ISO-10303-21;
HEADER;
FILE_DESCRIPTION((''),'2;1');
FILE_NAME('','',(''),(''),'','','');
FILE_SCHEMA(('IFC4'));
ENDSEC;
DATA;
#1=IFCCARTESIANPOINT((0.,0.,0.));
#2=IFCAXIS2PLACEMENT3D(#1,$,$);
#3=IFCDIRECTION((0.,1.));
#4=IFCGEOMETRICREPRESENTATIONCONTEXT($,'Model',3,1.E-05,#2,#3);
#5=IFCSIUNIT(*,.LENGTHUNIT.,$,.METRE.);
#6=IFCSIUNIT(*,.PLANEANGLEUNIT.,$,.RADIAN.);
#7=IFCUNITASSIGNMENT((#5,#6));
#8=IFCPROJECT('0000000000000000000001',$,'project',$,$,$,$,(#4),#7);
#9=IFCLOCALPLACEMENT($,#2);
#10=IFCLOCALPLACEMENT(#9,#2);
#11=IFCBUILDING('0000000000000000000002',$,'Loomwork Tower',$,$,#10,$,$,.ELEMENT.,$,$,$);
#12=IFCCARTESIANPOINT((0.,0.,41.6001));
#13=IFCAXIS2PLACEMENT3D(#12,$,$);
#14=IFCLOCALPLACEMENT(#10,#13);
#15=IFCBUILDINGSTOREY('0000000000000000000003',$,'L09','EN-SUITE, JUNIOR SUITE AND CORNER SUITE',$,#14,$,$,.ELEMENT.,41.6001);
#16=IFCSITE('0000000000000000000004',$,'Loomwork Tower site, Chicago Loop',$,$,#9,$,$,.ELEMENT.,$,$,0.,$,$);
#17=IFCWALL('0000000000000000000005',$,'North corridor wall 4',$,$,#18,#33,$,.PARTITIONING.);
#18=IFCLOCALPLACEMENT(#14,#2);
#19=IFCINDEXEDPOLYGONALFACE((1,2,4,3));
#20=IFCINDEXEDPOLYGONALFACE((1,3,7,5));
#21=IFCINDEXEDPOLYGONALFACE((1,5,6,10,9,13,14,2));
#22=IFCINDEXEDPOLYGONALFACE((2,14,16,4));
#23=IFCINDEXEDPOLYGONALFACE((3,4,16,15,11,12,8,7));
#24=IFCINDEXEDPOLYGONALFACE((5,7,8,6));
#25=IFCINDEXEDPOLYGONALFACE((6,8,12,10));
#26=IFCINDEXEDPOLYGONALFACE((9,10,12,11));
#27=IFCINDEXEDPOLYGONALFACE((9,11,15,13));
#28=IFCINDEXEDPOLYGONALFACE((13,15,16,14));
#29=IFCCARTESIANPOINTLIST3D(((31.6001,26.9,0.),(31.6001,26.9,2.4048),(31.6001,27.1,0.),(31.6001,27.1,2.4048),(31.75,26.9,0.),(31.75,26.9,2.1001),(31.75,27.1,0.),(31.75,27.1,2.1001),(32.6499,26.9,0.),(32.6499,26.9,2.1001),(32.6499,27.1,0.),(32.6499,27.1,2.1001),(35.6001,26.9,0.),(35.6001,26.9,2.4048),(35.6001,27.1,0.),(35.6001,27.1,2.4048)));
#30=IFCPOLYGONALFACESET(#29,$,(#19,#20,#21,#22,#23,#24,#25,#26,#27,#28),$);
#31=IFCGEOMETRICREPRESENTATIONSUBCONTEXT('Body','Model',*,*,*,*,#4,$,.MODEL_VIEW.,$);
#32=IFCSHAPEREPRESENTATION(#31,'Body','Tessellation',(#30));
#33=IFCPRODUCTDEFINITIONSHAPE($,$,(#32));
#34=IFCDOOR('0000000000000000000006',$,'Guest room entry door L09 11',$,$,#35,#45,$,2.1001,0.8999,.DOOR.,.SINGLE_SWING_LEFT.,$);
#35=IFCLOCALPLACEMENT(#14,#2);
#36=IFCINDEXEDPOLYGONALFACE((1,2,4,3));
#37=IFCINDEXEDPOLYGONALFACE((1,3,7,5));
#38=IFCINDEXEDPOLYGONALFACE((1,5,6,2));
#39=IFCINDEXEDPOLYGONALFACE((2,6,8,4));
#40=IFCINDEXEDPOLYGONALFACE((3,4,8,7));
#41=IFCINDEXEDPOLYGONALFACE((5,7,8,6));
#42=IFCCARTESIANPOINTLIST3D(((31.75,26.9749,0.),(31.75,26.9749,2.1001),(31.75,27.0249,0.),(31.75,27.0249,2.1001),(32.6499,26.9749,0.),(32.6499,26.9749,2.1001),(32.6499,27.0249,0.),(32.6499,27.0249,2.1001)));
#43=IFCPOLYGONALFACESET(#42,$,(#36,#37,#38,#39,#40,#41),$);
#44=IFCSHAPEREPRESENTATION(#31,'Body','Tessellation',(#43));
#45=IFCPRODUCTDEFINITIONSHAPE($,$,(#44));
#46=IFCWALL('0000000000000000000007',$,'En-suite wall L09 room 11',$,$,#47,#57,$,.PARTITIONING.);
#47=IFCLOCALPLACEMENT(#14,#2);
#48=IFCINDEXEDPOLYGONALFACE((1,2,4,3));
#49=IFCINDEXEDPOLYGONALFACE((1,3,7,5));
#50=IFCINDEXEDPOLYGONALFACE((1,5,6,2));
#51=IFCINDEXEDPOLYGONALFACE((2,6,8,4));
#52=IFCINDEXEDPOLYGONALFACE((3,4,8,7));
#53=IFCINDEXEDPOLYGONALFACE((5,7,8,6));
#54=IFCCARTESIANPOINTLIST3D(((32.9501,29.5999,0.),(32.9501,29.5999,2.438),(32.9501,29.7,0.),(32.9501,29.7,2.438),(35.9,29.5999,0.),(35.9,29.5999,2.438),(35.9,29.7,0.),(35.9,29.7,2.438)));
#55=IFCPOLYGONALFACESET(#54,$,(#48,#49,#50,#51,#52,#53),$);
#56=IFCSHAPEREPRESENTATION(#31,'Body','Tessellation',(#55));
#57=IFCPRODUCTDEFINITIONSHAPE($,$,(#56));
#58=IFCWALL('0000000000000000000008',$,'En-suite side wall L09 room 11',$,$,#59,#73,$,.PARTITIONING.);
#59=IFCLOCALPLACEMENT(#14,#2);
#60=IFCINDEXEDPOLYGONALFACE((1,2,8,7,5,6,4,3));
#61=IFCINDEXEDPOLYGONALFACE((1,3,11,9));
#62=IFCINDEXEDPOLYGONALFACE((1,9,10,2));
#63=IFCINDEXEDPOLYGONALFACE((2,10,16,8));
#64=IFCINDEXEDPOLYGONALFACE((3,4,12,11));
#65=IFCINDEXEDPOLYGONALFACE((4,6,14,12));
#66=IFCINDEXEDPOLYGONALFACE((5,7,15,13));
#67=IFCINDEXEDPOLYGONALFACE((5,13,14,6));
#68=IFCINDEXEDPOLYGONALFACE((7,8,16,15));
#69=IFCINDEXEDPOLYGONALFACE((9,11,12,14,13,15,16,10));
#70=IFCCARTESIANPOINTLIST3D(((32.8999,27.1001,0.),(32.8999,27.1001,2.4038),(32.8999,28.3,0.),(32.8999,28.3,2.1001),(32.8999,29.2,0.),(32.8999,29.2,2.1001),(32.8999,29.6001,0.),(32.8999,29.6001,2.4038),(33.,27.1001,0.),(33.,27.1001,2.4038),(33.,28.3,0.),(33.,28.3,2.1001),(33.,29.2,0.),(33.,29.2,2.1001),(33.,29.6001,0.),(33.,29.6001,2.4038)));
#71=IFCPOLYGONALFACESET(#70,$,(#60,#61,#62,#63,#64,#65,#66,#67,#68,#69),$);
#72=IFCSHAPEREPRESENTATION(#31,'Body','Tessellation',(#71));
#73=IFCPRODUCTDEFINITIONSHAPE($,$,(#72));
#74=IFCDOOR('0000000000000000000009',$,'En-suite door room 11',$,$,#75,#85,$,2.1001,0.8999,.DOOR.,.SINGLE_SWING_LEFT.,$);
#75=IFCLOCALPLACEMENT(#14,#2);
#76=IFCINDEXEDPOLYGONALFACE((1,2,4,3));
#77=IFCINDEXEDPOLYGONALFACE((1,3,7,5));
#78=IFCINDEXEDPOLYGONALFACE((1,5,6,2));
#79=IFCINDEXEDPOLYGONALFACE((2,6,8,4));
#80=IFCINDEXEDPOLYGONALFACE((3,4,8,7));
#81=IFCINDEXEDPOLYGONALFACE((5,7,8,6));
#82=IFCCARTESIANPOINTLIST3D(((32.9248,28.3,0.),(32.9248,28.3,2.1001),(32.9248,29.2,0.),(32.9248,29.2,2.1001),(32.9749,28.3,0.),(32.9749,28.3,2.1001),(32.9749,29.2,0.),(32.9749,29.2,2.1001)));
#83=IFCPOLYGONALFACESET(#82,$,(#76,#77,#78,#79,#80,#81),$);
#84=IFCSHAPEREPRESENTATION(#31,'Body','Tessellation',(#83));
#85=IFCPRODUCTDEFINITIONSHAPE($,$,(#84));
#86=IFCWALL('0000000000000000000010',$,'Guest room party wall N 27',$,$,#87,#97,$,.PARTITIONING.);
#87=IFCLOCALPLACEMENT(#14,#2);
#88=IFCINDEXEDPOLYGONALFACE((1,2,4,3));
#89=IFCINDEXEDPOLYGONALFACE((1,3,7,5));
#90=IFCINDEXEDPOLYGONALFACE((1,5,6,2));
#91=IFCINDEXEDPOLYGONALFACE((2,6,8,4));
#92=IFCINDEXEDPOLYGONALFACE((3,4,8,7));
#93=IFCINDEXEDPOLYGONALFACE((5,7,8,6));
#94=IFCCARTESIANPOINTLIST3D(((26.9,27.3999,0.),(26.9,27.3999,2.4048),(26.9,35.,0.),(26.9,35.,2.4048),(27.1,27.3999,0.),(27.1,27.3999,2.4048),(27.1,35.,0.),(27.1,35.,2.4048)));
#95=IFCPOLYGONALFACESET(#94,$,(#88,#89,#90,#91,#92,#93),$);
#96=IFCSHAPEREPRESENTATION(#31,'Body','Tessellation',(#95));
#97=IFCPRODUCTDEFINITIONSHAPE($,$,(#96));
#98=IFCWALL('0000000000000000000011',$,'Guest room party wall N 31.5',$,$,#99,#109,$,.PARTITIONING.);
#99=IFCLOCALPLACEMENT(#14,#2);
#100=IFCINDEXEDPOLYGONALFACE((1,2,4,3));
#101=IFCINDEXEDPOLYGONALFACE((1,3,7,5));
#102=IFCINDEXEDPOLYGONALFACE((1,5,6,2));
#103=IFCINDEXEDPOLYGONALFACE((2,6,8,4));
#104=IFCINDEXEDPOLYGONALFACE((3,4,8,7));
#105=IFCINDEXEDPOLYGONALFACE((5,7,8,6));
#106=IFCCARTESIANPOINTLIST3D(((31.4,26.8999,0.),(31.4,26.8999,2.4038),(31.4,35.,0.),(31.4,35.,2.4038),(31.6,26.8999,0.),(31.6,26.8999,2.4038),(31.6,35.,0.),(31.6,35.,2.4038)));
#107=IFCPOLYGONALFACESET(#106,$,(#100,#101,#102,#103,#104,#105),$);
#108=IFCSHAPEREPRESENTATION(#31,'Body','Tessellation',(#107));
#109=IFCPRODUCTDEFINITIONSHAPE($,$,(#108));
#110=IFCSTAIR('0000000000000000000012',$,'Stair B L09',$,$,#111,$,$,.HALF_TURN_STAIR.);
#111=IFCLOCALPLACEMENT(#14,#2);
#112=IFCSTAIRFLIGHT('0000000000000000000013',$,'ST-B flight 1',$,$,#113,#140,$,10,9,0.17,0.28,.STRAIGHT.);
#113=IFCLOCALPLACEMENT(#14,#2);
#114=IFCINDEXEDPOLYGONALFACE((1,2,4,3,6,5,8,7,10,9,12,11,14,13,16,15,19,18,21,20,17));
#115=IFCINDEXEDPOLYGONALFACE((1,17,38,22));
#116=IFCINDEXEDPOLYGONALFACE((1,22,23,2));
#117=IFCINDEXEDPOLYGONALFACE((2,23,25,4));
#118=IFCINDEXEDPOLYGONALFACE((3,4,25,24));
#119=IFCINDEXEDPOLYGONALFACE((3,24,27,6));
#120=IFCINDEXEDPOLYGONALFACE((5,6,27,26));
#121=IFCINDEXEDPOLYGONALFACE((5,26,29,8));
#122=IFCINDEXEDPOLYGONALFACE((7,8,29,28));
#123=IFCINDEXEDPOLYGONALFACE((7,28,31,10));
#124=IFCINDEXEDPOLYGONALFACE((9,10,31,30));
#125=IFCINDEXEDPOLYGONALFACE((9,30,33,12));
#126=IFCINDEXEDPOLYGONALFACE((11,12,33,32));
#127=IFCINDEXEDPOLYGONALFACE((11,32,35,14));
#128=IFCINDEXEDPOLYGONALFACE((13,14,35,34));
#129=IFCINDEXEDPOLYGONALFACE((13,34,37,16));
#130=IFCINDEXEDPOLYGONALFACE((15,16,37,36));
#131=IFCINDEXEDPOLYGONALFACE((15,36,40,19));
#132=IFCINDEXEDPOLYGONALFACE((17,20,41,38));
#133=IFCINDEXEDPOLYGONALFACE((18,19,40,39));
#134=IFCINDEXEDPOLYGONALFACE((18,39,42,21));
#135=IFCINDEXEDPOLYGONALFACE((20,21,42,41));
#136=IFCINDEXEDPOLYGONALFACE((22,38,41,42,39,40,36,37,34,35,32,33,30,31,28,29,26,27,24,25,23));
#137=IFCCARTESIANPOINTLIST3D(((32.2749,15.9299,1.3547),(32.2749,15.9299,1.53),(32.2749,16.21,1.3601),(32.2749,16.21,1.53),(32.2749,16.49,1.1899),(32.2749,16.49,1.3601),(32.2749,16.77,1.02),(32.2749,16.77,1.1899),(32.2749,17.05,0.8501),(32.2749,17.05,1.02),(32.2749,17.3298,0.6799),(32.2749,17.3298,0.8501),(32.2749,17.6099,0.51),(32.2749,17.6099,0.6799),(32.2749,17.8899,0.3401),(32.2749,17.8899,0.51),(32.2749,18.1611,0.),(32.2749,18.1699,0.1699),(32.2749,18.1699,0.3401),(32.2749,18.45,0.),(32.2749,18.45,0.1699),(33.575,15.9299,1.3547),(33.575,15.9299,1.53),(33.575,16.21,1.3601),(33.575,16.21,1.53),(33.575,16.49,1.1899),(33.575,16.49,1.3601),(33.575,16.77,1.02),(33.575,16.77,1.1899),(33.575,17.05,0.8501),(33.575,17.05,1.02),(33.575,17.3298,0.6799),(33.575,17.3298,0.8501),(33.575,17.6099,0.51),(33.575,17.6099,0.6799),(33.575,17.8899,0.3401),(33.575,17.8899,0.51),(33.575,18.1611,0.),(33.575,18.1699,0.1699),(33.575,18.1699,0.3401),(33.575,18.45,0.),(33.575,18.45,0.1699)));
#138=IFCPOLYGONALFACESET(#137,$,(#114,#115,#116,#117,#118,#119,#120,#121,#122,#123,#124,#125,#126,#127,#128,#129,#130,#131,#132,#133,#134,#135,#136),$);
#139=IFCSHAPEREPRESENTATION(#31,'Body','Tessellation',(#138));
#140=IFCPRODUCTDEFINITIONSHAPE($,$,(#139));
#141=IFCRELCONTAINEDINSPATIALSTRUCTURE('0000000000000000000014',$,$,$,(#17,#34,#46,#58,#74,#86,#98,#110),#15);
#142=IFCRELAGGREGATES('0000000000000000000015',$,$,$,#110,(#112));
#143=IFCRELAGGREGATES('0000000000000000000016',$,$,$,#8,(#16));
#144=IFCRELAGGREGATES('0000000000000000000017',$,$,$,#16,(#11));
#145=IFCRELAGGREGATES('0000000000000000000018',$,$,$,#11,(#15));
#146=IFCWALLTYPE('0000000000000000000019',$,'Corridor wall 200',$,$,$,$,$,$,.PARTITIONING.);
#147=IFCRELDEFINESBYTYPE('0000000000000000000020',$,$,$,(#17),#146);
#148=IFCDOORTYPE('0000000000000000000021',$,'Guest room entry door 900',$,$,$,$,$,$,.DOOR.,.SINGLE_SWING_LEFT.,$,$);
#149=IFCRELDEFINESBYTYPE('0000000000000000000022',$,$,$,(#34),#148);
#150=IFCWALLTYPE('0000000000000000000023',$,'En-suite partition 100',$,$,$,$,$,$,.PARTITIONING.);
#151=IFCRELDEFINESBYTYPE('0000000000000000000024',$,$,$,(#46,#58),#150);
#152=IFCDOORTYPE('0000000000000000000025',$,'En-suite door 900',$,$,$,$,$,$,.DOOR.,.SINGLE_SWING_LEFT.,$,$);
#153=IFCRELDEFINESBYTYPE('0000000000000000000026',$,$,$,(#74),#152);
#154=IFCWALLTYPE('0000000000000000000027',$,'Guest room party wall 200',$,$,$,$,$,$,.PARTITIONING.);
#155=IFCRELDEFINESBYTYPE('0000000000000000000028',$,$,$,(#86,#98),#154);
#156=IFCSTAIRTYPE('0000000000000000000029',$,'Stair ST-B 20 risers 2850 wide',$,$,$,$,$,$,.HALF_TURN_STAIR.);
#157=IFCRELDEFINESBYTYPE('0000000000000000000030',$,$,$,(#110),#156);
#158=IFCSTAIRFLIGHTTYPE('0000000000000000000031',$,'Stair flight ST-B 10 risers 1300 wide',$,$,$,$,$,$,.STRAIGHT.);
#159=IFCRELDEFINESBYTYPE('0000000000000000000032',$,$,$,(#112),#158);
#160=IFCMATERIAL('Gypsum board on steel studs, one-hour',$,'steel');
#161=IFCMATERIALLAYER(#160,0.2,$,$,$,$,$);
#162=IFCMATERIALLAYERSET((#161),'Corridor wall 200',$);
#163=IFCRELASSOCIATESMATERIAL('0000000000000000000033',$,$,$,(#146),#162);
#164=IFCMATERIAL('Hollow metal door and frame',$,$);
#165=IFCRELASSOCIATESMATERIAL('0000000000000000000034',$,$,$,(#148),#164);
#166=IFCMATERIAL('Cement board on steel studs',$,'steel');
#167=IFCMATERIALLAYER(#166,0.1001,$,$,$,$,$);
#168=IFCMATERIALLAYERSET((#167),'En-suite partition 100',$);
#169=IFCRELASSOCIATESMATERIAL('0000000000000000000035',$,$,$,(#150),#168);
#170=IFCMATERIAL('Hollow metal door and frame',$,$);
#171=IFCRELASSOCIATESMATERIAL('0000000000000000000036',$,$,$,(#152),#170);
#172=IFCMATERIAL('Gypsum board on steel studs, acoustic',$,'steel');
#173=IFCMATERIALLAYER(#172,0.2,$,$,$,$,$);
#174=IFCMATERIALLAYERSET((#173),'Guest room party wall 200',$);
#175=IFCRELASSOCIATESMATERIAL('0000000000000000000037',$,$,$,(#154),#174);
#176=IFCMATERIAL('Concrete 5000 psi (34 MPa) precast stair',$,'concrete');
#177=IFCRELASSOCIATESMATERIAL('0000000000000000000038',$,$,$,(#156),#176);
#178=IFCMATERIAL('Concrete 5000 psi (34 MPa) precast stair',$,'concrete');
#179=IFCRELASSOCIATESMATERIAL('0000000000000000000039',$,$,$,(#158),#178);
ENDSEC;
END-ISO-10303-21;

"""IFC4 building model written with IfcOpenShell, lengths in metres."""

from ifc_helpers import new_model, si_unit, direction, frame, frame_2d, origin, place, context, subcontext, project, spatial, polyline, rectangle, outline, extrude, material, layer, layer_set, type_object, element, fill, aggregate, save


model = new_model("IFC4")

# Units and contexts
model_context = context("Model", 3, precision=1e-05, world=origin(), true_north=direction((0.0, 1.0)))
body_context = subcontext(model_context, "Body", "Model", "MODEL_VIEW")
ifc_project = project(units=[si_unit("LENGTHUNIT", "METRE"), si_unit("PLANEANGLEUNIT", "RADIAN")], contexts=[model_context])

# Site, building, storey
site_placement = place(None, origin())
site = spatial("IfcSite", under=ifc_project, at=site_placement, Name="Loomwork Tower site, Chicago Loop", CompositionType="ELEMENT", RefElevation=0.0)
building_placement = place(site_placement, origin())
building = spatial("IfcBuilding", under=site, at=building_placement, Name="Loomwork Tower", CompositionType="ELEMENT")
storey_placement = place(building_placement, frame((0.0, 0.0, 41.6001)))
storey = spatial("IfcBuildingStorey", under=building, at=storey_placement, Name="L09", Description="EN-SUITE, JUNIOR SUITE AND CORNER SUITE", CompositionType="ELEMENT", Elevation=41.6001)

# Wall, opening, door
ifc_material_1 = material(Name="Gypsum board on steel studs, one-hour", Category="steel")
ifc_layer_1 = layer(ifc_material_1, 0.2)
ifc_layer_set_1 = layer_set([ifc_layer_1], Name="Corridor wall 200")
wall_type_1 = type_object("IfcWallType", Name="Corridor wall 200", PredefinedType="PARTITIONING", material=ifc_layer_set_1)
wall_1_placement = place(storey_placement, frame((31.6001, 27.0, 0.0), z_axis=(0.0, 0.0, 1.0), x_axis=(1.0, 0.0, 0.0)))
wall_1 = element("IfcWall", 1, at=wall_1_placement, inside=storey, type_object=wall_type_1, Name="North corridor wall 4", PredefinedType="PARTITIONING", context=body_context, shape_type="SweptSolid", body=[
    extrude(rectangle(XDim=4.0, YDim=0.2, at=frame_2d((2.0, 0.0))), origin(), (0.0, 0.0, 1.0), 2.4048),
])
opening_1_placement = place(wall_1_placement, frame((0.1499, 0.0, 0.0)))
opening_1 = element("IfcOpeningElement", 2, at=opening_1_placement, cuts=wall_1, PredefinedType="OPENING", context=body_context, shape_type="SweptSolid", body=[
    extrude(rectangle(XDim=0.8999, YDim=2.1001, at=frame_2d((0.45, 1.05))), frame((0.0, 0.1099, 0.0), z_axis=(0.0, -1.0, 0.0), x_axis=(1.0, 0.0, 0.0)), (0.0, 0.0, 1.0), 0.22),
])
ifc_material_2 = material(Name="Hollow metal door and frame")
door_type_1 = type_object("IfcDoorType", Name="Guest room entry door 900", OperationType="SINGLE_SWING_LEFT", PredefinedType="DOOR", material=ifc_material_2)
door_1_placement = place(opening_1_placement, origin())
door_1 = element("IfcDoor", 3, at=door_1_placement, inside=storey, type_object=door_type_1, Name="Guest room entry door L09 11", OperationType="SINGLE_SWING_LEFT", OverallHeight=2.1001, OverallWidth=0.8999, PredefinedType="DOOR", context=body_context, shape_type="SweptSolid", body=[
    extrude(rectangle(XDim=0.8999, YDim=2.1001, at=frame_2d((0.45, 1.05))), frame((0.0, 0.0249, 0.0), z_axis=(0.0, -1.0, 0.0), x_axis=(1.0, 0.0, 0.0)), (0.0, 0.0, 1.0), 0.05),
])
fill(opening_1, door_1)

# Wall
ifc_material_3 = material(Name="Cement board on steel studs", Category="steel")
ifc_layer_2 = layer(ifc_material_3, 0.1001)
ifc_layer_set_2 = layer_set([ifc_layer_2], Name="En-suite partition 100")
wall_type_2 = type_object("IfcWallType", Name="En-suite partition 100", PredefinedType="PARTITIONING", material=ifc_layer_set_2)
wall_2_placement = place(storey_placement, frame((32.95, 29.6499, 0.0), z_axis=(0.0, 0.0, 1.0), x_axis=(1.0, 0.0, 0.0)))
element("IfcWall", 4, at=wall_2_placement, inside=storey, type_object=wall_type_2, Name="En-suite wall L09 room 11", PredefinedType="PARTITIONING", context=body_context, shape_type="SweptSolid", body=[
    extrude(rectangle(XDim=2.95, YDim=0.1001, at=frame_2d((1.4751, 0.0))), origin(), (0.0, 0.0, 1.0), 2.438),
])

# Wall, opening, door
wall_3_placement = place(storey_placement, frame((32.95, 27.1001, 0.0), z_axis=(0.0, 0.0, 1.0), x_axis=(0.0, 1.0, 0.0)))
wall_3 = element("IfcWall", 5, at=wall_3_placement, inside=storey, type_object=wall_type_2, Name="En-suite side wall L09 room 11", PredefinedType="PARTITIONING", context=body_context, shape_type="SweptSolid", body=[
    extrude(rectangle(XDim=2.5, YDim=0.1001, at=frame_2d((1.25, 0.0))), origin(), (0.0, 0.0, 1.0), 2.4038),
])
opening_2_placement = place(wall_3_placement, frame((1.2, 0.0, 0.0)))
opening_2 = element("IfcOpeningElement", 6, at=opening_2_placement, cuts=wall_3, PredefinedType="OPENING", context=body_context, shape_type="SweptSolid", body=[
    extrude(rectangle(XDim=0.8999, YDim=2.1001, at=frame_2d((0.45, 1.05))), frame((0.0, 0.0601, 0.0), z_axis=(0.0, -1.0, 0.0), x_axis=(1.0, 0.0, 0.0)), (0.0, 0.0, 1.0), 0.1201),
])
ifc_material_4 = material(Name="Hollow metal door and frame")
door_type_2 = type_object("IfcDoorType", Name="En-suite door 900", OperationType="SINGLE_SWING_LEFT", PredefinedType="DOOR", material=ifc_material_4)
door_2_placement = place(opening_2_placement, frame((0.8999, 0.0, 0.0), z_axis=(0.0, 0.0, 1.0), x_axis=(-1.0, 0.0, 0.0)))
door_2 = element("IfcDoor", 7, at=door_2_placement, inside=storey, type_object=door_type_2, Name="En-suite door room 11", OperationType="SINGLE_SWING_LEFT", OverallHeight=2.1001, OverallWidth=0.8999, PredefinedType="DOOR", context=body_context, shape_type="SweptSolid", body=[
    extrude(rectangle(XDim=0.8999, YDim=2.1001, at=frame_2d((0.45, 1.05))), frame((0.0, 0.0249, 0.0), z_axis=(0.0, -1.0, 0.0), x_axis=(1.0, 0.0, 0.0)), (0.0, 0.0, 1.0), 0.05),
])
fill(opening_2, door_2)

# Walls
ifc_material_5 = material(Name="Gypsum board on steel studs, acoustic", Category="steel")
ifc_layer_3 = layer(ifc_material_5, 0.2)
ifc_layer_set_3 = layer_set([ifc_layer_3], Name="Guest room party wall 200")
wall_type_3 = type_object("IfcWallType", Name="Guest room party wall 200", PredefinedType="PARTITIONING", material=ifc_layer_set_3)
wall_4_placement = place(storey_placement, frame((27.0, 27.3999, 0.0), z_axis=(0.0, 0.0, 1.0), x_axis=(0.0, 1.0, 0.0)))
element("IfcWall", 8, at=wall_4_placement, inside=storey, type_object=wall_type_3, Name="Guest room party wall N 27", PredefinedType="PARTITIONING", context=body_context, shape_type="SweptSolid", body=[
    extrude(rectangle(XDim=7.6001, YDim=0.2, at=frame_2d((3.8, 0.0))), origin(), (0.0, 0.0, 1.0), 2.4048),
])
wall_5_placement = place(storey_placement, frame((31.5, 26.8999, 0.0), z_axis=(0.0, 0.0, 1.0), x_axis=(0.0, 1.0, 0.0)))
element("IfcWall", 9, at=wall_5_placement, inside=storey, type_object=wall_type_3, Name="Guest room party wall N 31.5", PredefinedType="PARTITIONING", context=body_context, shape_type="SweptSolid", body=[
    extrude(rectangle(XDim=8.1001, YDim=0.2, at=frame_2d((4.05, 0.0))), origin(), (0.0, 0.0, 1.0), 2.4038),
])

# Stair, stair flight
ifc_material_6 = material(Name="Concrete 5000 psi (34 MPa) precast stair", Category="concrete")
stair_type = type_object("IfcStairType", Name="Stair ST-B 20 risers 2850 wide", PredefinedType="HALF_TURN_STAIR", material=ifc_material_6)
stair_placement = place(storey_placement, origin())
stair = element("IfcStair", 10, at=stair_placement, inside=storey, type_object=stair_type, Name="Stair B L09", PredefinedType="HALF_TURN_STAIR")
ifc_material_7 = material(Name="Concrete 5000 psi (34 MPa) precast stair", Category="concrete")
stair_flight_type = type_object("IfcStairFlightType", Name="Stair flight ST-B 10 risers 1300 wide", PredefinedType="STRAIGHT", material=ifc_material_7)
stair_flight_placement = place(storey_placement, frame((32.925, 18.45, 0.0), z_axis=(0.0, 0.0, 1.0), x_axis=(0.0, -1.0, 0.0)))
stair_flight = element("IfcStairFlight", 11, at=stair_flight_placement, type_object=stair_flight_type, Name="ST-B flight 1", NumberOfRisers=10, NumberOfTreads=9, PredefinedType="STRAIGHT", RiserHeight=0.17, TreadLength=0.28, context=body_context, shape_type="SweptSolid", body=[
    extrude(outline(polyline([(0.0, 0.0), (0.0, 0.1699), (0.28, 0.1699), (0.28, 0.3401), (0.5601, 0.3401), (0.5601, 0.51), (0.8401, 0.51), (0.8401, 0.6799), (1.1201, 0.6799), (1.1201, 0.8501), (1.3999, 0.8501), (1.3999, 1.02), (1.6799, 1.02), (1.6799, 1.1899), (1.96, 1.1899), (1.96, 1.3601), (2.24, 1.3601), (2.24, 1.53), (2.52, 1.53), (2.52, 1.7), (2.52, 1.3547), (0.2888, 0.0), (0.0, 0.0)])), frame((0.0, 0.6499, 0.0), z_axis=(0.0, -1.0, 0.0), x_axis=(1.0, 0.0, 0.0)), (0.0, 0.0, 1.0), 1.3),
])
aggregate(stair, [stair_flight])

save(model, "model.ifc")
